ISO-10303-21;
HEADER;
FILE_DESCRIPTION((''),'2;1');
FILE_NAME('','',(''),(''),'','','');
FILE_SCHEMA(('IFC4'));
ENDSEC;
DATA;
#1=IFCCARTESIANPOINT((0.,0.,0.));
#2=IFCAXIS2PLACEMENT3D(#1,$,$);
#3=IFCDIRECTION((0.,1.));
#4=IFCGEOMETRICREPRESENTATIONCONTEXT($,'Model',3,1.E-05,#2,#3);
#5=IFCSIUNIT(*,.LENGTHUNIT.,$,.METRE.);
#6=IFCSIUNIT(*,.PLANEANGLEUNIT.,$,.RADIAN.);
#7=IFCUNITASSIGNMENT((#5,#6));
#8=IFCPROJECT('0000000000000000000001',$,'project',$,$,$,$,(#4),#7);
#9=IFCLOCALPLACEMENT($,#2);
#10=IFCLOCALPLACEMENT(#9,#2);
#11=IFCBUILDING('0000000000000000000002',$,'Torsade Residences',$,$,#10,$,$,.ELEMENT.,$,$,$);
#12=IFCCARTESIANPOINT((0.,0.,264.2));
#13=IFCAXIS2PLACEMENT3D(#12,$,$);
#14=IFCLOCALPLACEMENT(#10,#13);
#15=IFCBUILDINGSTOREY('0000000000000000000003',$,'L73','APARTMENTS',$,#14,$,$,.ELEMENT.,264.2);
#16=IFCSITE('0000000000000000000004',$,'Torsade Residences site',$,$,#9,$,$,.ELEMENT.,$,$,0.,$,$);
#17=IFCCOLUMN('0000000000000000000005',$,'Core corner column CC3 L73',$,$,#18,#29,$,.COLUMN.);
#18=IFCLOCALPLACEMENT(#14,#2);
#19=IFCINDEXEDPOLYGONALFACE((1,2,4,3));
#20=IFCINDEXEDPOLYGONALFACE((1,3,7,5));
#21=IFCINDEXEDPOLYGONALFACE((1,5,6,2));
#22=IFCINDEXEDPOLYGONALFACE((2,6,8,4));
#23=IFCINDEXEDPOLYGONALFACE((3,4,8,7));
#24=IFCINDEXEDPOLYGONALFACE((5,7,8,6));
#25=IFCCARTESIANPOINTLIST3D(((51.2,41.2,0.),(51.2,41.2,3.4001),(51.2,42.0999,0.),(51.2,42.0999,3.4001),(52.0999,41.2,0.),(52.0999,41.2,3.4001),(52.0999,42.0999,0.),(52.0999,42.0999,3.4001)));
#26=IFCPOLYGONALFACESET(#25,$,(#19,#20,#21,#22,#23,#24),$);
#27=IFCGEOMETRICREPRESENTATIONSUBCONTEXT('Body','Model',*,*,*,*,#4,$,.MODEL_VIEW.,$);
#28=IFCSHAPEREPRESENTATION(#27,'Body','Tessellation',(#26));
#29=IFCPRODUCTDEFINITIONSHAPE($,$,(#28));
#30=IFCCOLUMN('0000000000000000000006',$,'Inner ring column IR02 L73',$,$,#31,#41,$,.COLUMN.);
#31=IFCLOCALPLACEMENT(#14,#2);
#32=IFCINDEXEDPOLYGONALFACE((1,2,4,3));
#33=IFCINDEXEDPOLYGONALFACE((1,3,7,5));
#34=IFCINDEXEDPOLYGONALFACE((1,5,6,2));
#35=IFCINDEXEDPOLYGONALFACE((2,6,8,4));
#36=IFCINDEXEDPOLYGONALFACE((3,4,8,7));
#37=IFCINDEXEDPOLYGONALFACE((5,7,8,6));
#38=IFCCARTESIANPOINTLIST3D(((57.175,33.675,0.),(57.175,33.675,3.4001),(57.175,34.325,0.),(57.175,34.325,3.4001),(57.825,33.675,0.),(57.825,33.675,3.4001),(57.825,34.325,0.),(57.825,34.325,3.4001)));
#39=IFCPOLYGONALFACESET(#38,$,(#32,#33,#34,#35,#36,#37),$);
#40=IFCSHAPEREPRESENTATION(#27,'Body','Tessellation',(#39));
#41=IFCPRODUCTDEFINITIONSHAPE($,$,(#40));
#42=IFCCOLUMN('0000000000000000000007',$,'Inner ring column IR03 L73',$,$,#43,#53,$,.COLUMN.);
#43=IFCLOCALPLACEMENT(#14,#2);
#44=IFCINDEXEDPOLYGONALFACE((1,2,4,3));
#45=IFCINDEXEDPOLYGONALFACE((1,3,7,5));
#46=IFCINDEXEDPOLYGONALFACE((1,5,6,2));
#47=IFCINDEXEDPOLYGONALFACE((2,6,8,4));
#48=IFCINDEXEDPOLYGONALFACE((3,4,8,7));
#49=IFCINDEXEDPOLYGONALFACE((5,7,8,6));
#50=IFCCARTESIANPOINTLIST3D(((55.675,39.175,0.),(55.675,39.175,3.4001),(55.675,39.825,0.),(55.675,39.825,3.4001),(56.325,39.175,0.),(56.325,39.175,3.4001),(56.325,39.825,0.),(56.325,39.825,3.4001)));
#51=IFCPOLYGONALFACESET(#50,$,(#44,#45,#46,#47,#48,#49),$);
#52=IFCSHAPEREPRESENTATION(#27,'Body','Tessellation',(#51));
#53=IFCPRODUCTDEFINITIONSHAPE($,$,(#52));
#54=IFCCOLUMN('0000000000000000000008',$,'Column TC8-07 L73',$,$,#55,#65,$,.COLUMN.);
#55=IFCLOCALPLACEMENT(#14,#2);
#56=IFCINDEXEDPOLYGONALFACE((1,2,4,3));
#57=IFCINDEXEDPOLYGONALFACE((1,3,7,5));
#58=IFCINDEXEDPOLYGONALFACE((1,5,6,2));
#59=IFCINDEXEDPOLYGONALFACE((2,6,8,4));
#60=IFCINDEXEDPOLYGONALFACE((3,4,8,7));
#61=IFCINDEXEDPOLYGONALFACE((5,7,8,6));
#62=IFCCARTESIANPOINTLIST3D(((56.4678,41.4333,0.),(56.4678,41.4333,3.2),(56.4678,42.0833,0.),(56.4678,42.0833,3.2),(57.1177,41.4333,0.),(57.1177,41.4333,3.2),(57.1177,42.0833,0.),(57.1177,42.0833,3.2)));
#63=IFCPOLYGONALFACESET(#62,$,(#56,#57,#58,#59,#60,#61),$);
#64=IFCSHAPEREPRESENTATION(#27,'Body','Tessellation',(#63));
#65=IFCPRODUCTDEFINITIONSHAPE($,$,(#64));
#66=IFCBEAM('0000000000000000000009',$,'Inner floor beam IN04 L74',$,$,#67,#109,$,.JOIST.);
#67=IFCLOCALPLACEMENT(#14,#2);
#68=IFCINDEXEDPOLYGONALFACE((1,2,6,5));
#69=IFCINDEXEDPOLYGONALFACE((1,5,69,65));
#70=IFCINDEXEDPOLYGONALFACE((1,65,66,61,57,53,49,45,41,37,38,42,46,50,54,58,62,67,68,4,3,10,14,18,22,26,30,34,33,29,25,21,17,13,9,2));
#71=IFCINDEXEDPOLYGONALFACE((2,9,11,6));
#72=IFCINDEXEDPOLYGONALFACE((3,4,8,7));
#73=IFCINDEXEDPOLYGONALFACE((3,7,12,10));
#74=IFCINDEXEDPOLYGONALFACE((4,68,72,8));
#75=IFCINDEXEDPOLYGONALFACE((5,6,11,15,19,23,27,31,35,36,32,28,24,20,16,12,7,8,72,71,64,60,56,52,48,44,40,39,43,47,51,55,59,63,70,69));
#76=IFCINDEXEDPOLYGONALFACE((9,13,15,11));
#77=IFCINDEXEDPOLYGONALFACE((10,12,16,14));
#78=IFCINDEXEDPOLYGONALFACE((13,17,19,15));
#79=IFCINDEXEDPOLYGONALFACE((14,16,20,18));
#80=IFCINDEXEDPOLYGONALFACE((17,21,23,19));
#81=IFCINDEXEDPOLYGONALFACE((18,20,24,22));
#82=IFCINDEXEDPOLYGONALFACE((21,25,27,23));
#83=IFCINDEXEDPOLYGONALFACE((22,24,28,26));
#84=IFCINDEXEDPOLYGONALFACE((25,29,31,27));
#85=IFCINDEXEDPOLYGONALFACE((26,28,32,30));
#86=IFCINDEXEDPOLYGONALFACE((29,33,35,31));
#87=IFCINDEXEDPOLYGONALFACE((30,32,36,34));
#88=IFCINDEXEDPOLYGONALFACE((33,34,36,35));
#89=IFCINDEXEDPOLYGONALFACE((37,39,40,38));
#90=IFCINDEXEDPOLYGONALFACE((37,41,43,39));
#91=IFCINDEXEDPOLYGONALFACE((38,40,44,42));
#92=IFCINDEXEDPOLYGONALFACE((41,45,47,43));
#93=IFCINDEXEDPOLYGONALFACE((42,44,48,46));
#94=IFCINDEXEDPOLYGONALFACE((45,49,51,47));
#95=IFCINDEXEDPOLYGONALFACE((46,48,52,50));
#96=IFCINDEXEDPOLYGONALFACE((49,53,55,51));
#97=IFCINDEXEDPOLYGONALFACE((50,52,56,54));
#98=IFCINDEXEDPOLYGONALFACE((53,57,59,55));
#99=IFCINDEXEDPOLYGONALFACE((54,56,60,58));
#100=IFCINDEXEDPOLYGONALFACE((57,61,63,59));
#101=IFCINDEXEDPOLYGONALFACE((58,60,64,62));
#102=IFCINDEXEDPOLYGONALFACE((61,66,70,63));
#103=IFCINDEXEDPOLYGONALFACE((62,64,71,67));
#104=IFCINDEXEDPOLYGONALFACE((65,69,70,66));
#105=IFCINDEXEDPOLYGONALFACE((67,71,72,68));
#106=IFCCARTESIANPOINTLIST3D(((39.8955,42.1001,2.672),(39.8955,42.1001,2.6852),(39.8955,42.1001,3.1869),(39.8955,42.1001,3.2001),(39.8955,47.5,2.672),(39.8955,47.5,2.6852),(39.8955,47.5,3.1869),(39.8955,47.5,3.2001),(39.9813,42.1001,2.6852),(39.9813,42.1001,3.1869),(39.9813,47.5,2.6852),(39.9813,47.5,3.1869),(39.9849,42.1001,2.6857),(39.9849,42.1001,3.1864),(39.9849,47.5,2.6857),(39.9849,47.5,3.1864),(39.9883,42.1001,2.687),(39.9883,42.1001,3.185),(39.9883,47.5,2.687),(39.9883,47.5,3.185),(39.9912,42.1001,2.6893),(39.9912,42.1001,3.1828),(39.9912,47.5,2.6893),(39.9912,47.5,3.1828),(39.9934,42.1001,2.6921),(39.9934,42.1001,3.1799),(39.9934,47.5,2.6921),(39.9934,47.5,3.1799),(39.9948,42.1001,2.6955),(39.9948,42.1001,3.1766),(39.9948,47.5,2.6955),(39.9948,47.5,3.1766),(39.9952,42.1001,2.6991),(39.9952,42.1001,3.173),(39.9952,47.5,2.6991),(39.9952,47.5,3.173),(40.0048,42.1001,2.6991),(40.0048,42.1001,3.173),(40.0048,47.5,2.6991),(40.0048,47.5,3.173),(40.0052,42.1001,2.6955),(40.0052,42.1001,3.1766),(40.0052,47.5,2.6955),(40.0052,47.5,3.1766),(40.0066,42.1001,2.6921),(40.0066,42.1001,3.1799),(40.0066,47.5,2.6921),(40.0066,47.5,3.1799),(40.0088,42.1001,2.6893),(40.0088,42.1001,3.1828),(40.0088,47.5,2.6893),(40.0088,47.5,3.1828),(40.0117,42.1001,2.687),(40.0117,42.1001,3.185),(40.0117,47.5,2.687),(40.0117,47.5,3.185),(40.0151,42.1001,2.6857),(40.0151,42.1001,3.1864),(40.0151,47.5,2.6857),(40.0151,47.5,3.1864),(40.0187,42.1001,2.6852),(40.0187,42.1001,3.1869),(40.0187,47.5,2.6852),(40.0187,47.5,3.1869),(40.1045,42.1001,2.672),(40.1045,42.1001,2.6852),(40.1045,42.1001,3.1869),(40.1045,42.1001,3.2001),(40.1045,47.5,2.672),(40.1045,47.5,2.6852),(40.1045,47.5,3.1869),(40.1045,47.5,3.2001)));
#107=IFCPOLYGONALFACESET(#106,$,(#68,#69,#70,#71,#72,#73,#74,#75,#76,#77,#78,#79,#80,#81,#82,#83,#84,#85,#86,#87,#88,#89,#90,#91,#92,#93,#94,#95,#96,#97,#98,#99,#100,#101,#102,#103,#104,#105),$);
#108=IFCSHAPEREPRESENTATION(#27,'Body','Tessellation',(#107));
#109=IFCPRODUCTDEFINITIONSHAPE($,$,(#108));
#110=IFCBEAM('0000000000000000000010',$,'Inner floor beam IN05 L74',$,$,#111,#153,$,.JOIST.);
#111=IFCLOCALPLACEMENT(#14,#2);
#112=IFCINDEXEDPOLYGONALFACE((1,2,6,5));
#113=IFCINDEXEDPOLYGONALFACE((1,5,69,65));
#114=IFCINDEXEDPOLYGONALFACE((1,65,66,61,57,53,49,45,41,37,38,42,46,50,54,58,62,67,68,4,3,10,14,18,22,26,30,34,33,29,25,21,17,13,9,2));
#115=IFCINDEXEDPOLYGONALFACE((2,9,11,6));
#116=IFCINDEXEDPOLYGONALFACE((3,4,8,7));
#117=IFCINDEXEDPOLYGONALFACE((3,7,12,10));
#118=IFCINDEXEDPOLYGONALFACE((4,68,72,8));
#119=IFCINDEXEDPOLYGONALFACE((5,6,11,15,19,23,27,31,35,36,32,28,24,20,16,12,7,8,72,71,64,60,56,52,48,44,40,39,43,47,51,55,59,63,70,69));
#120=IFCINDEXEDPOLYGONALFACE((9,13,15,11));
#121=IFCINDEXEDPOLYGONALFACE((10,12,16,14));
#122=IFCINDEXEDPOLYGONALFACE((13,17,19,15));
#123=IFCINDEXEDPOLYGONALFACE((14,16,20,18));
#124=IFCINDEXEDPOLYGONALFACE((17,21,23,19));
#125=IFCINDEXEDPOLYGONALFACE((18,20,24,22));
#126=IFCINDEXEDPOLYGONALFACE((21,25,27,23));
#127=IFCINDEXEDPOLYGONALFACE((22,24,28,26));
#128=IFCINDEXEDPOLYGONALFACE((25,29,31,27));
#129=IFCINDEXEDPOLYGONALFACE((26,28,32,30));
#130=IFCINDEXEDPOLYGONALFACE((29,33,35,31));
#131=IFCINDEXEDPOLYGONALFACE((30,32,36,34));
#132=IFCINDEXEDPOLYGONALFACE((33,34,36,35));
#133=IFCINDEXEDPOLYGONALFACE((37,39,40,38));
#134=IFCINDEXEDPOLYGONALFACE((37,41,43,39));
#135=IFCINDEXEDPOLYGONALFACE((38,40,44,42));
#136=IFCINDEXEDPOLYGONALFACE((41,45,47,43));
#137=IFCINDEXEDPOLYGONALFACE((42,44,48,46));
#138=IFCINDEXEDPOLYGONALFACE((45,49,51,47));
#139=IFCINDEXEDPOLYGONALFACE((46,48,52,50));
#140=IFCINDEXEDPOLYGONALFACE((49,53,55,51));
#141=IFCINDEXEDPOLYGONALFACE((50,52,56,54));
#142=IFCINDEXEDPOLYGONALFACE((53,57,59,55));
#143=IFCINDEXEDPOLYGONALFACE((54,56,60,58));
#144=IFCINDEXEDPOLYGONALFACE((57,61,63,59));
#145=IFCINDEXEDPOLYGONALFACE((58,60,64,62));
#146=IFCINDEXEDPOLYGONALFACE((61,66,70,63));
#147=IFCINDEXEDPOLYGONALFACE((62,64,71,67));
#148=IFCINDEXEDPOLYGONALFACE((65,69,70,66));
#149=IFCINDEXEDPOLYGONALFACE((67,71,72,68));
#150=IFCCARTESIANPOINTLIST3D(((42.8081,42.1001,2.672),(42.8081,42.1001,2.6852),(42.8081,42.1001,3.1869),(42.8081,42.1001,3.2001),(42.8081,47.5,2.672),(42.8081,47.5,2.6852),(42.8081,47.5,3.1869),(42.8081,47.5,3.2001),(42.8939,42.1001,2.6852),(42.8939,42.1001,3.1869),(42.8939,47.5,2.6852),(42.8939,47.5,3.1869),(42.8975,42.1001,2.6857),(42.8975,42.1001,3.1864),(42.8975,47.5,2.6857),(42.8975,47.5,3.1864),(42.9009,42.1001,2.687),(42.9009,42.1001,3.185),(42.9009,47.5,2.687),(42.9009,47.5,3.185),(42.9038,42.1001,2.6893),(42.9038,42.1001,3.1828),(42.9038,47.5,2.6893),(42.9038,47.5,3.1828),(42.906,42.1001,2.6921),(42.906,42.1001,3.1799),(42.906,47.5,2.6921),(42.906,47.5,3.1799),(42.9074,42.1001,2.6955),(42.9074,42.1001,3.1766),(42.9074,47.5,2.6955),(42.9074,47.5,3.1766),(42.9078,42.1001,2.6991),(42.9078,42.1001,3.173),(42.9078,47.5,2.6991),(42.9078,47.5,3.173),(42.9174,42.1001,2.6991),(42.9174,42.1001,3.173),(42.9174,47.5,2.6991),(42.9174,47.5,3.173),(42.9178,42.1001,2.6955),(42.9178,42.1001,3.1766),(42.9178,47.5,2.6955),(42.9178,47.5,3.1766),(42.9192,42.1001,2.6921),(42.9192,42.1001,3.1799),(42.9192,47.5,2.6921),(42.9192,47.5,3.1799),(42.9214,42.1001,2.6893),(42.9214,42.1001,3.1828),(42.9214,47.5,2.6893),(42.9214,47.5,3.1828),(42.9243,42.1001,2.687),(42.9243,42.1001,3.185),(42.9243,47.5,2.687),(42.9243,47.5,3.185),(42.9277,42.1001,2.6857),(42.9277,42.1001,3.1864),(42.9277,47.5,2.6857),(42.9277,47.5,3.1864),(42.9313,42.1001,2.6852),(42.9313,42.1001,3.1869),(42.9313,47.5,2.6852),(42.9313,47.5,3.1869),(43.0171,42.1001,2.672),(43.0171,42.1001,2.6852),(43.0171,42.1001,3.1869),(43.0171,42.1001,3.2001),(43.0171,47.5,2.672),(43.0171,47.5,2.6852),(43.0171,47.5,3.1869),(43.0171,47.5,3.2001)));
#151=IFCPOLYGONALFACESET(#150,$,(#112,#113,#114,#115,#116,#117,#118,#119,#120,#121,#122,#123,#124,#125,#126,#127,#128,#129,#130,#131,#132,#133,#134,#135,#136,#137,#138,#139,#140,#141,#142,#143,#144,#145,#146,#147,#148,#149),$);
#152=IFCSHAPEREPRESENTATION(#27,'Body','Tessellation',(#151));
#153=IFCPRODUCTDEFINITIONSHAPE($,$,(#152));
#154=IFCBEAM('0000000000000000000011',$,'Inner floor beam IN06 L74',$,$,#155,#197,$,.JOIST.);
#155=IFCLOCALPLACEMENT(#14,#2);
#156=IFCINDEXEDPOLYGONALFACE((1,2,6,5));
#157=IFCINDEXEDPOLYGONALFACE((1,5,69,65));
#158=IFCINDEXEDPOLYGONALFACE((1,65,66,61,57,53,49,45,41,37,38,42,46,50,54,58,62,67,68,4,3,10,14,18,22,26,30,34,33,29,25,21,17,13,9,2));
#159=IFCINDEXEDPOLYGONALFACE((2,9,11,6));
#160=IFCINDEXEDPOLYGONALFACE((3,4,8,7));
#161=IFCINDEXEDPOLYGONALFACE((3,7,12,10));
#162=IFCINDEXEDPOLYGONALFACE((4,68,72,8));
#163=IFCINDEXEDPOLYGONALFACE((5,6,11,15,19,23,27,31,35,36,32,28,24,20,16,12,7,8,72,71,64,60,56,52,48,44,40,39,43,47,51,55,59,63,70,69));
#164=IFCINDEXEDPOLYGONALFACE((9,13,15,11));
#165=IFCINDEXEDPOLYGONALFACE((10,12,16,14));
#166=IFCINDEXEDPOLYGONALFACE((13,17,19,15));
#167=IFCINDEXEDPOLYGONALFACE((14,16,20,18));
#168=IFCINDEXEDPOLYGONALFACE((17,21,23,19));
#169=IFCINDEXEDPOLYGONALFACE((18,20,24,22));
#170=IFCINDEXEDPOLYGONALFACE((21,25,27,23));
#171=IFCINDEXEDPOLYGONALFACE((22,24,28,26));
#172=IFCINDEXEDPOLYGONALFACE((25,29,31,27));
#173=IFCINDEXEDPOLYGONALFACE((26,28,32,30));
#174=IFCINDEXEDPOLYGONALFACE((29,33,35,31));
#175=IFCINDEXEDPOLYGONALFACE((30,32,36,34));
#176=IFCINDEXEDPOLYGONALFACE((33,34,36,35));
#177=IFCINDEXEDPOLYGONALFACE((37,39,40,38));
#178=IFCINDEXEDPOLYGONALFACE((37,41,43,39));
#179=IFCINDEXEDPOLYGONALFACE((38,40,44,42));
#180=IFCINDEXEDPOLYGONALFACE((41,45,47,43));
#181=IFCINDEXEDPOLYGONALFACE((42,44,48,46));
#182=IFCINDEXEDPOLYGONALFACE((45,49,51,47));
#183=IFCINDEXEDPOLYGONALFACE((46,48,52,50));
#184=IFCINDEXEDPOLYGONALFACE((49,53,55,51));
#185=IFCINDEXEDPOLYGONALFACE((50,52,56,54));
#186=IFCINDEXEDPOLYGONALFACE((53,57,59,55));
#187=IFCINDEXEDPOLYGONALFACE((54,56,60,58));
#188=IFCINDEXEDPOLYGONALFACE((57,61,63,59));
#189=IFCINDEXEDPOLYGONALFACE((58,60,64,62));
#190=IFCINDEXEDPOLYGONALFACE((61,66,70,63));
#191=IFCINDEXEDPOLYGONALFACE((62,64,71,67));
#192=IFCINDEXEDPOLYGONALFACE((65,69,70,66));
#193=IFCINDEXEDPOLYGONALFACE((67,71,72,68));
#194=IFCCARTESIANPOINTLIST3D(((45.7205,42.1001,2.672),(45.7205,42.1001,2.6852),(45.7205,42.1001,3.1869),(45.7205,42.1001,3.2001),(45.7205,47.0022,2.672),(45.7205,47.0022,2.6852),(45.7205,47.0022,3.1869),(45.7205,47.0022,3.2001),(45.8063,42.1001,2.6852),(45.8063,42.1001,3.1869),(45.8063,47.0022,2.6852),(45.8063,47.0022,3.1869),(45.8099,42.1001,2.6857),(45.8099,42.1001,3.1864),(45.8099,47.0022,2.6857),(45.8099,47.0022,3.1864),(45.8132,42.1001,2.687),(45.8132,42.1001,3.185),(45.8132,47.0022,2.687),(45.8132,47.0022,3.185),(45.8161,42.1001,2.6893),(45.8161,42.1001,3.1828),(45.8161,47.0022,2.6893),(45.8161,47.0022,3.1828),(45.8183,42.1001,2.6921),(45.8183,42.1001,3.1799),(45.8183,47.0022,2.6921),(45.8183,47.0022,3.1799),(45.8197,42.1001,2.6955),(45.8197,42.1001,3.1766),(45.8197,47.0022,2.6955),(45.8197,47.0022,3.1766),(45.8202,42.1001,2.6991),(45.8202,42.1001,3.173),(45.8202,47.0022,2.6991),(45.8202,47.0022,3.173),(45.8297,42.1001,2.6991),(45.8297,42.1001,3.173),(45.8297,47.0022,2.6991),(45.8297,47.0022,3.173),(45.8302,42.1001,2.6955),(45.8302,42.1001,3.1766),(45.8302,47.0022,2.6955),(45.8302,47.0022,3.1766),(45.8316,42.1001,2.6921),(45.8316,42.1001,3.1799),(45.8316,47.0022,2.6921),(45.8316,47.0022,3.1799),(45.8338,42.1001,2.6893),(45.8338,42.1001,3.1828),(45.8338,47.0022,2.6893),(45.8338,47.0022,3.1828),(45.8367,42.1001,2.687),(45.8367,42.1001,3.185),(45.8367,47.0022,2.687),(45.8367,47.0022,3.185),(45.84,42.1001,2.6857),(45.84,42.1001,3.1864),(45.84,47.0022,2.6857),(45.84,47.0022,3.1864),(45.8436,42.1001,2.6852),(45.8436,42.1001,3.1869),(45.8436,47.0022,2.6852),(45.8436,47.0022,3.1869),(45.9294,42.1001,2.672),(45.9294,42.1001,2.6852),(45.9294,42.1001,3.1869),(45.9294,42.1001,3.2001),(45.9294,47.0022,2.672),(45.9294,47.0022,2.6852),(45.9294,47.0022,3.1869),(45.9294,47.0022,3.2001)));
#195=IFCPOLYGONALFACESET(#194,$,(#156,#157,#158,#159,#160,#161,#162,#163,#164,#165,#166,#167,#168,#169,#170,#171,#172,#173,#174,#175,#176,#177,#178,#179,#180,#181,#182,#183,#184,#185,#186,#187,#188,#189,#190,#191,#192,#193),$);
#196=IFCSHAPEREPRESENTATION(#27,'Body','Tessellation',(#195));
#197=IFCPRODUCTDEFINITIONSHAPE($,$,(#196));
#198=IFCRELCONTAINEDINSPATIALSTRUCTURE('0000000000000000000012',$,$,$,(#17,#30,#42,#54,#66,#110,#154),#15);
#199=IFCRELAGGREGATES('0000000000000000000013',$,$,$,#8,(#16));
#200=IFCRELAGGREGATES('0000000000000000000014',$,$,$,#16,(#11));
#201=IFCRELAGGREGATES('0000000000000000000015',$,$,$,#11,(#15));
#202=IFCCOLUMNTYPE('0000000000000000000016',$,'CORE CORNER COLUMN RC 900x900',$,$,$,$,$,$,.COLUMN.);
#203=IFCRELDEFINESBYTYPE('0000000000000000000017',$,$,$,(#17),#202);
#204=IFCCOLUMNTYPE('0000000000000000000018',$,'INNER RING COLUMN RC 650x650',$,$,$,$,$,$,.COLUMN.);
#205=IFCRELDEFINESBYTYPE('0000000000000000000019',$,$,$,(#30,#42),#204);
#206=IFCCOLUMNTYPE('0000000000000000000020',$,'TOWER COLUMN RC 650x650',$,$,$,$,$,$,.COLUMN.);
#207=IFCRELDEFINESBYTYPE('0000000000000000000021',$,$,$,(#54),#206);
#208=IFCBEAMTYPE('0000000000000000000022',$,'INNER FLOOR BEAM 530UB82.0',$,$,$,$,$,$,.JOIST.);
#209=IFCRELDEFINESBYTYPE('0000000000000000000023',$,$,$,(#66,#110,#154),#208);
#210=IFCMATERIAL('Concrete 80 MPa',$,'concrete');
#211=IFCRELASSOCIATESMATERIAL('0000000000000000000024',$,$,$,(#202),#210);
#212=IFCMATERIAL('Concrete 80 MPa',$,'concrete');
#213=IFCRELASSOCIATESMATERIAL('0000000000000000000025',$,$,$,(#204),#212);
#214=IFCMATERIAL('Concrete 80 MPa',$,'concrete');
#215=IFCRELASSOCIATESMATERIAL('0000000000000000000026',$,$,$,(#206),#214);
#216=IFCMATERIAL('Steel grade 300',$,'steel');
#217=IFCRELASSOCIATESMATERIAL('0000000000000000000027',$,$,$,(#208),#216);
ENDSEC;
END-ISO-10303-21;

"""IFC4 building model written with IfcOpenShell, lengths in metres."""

from ifc_helpers import new_model, si_unit, direction, frame, origin, origin_2d, place, context, subcontext, project, spatial, rectangle, i_section, extrude, material, material_profile, profile_set, type_object, element, save


model = new_model("IFC4")

# Units and contexts
model_context = context("Model", 3, precision=1e-05, world=origin(), true_north=direction((0.0, 1.0)))
body_context = subcontext(model_context, "Body", "Model", "MODEL_VIEW")
ifc_project = project(units=[si_unit("LENGTHUNIT", "METRE"), si_unit("PLANEANGLEUNIT", "RADIAN")], contexts=[model_context])

# Site, building, storey
site_placement = place(None, origin())
site = spatial("IfcSite", under=ifc_project, at=site_placement, Name="Torsade Residences site", CompositionType="ELEMENT", RefElevation=0.0)
building_placement = place(site_placement, origin())
building = spatial("IfcBuilding", under=site, at=building_placement, Name="Torsade Residences", CompositionType="ELEMENT")
storey_placement = place(building_placement, frame((0.0, 0.0, 264.2)))
storey = spatial("IfcBuildingStorey", under=building, at=storey_placement, Name="L73", Description="APARTMENTS", CompositionType="ELEMENT", Elevation=264.2)

# Columns
ifc_material_1 = material(Name="Concrete 80 MPa", Category="concrete")
ifc_material_profile_1 = material_profile(ifc_material_1, rectangle(XDim=0.8999, YDim=0.8999, at=origin_2d()), Name="RC 900x900")
ifc_profile_set_1 = profile_set([ifc_material_profile_1], Name="Concrete 80 MPa")
column_type_1 = type_object("IfcColumnType", Name="CORE CORNER COLUMN RC 900x900", PredefinedType="COLUMN", material=ifc_profile_set_1)
column_1_placement = place(storey_placement, frame((51.6499, 41.6499, 0.0), z_axis=(0.0, 0.0, 1.0), x_axis=(1.0, 0.0, 0.0)))
element("IfcColumn", 1, at=column_1_placement, inside=storey, type_object=column_type_1, Name="Core corner column CC3 L73", PredefinedType="COLUMN", context=body_context, shape_type="SweptSolid", body=[
    extrude(rectangle(XDim=0.8999, YDim=0.8999, at=origin_2d()), origin(), (0.0, 0.0, 1.0), 3.4001),
])
ifc_material_2 = material(Name="Concrete 80 MPa", Category="concrete")
ifc_material_profile_2 = material_profile(ifc_material_2, rectangle(XDim=0.6499, YDim=0.6499, at=origin_2d()), Name="RC 650x650")
ifc_profile_set_2 = profile_set([ifc_material_profile_2], Name="Concrete 80 MPa")
column_type_2 = type_object("IfcColumnType", Name="INNER RING COLUMN RC 650x650", PredefinedType="COLUMN", material=ifc_profile_set_2)
for number, where, z_axis, x_axis, name in (
    (2, (57.5, 34.0, 0.0), (0.0, 0.0, 1.0), (1.0, 0.0, 0.0), "Inner ring column IR02 L73"),
    (3, (56.0, 39.5, 0.0), (0.0, 0.0, 1.0), (1.0, 0.0, 0.0), "Inner ring column IR03 L73"),
):
    element("IfcColumn", number, at=place(storey_placement, frame(where, z_axis=z_axis, x_axis=x_axis)), inside=storey, type_object=column_type_2, Name=name, PredefinedType="COLUMN", context=body_context, shape_type="SweptSolid", body=[
        extrude(rectangle(XDim=0.6499, YDim=0.6499, at=origin_2d()), origin(), (0.0, 0.0, 1.0), 3.4001),
    ])
ifc_material_3 = material(Name="Concrete 80 MPa", Category="concrete")
ifc_material_profile_3 = material_profile(ifc_material_3, rectangle(XDim=0.6499, YDim=0.6499, at=origin_2d()), Name="RC 650x650")
ifc_profile_set_3 = profile_set([ifc_material_profile_3], Name="Concrete 80 MPa")
column_type_3 = type_object("IfcColumnType", Name="TOWER COLUMN RC 650x650", PredefinedType="COLUMN", material=ifc_profile_set_3)
column_2_placement = place(storey_placement, frame((56.7927, 41.7583, 0.0), z_axis=(0.0, 0.0, 1.0), x_axis=(1.0, 0.0, 0.0)))
element("IfcColumn", 4, at=column_2_placement, inside=storey, type_object=column_type_3, Name="Column TC8-07 L73", PredefinedType="COLUMN", context=body_context, shape_type="SweptSolid", body=[
    extrude(rectangle(XDim=0.6499, YDim=0.6499, at=origin_2d()), origin(), (0.0, 0.0, 1.0), 3.2),
])

# Beams
ifc_material_4 = material(Name="Steel grade 300", Category="steel")
ifc_material_profile_4 = material_profile(ifc_material_4, i_section(OverallWidth=0.209, OverallDepth=0.5281, WebThickness=0.0095, FlangeThickness=0.0132, FilletRadius=0.0139, at=origin_2d()), Name="530UB82.0")
ifc_profile_set_4 = profile_set([ifc_material_profile_4], Name="Steel grade 300")
beam_type_1 = type_object("IfcBeamType", Name="INNER FLOOR BEAM 530UB82.0", PredefinedType="JOIST", material=ifc_profile_set_4)
for number, where, z_axis, x_axis, name in (
    (5, (40.0, 42.1001, 2.936), (0.0, 1.0, 0.0), (-1.0, 0.0, 0.0), "Inner floor beam IN04 L74"),
    (6, (42.9126, 42.1001, 2.936), (0.0, 1.0, 0.0), (-1.0, 0.0, 0.0), "Inner floor beam IN05 L74"),
):
    element("IfcBeam", number, at=place(storey_placement, frame(where, z_axis=z_axis, x_axis=x_axis)), inside=storey, type_object=beam_type_1, Name=name, PredefinedType="JOIST", context=body_context, shape_type="SweptSolid", body=[
        extrude(i_section(OverallWidth=0.209, OverallDepth=0.5281, WebThickness=0.0095, FlangeThickness=0.0132, FilletRadius=0.0139, at=origin_2d()), origin(), (0.0, 0.0, 1.0), 5.3999),
    ])
beam_1_placement = place(storey_placement, frame((45.825, 42.1001, 2.936), z_axis=(0.0, 1.0, 0.0), x_axis=(-1.0, 0.0, 0.0)))
element("IfcBeam", 7, at=beam_1_placement, inside=storey, type_object=beam_type_1, Name="Inner floor beam IN06 L74", PredefinedType="JOIST", context=body_context, shape_type="SweptSolid", body=[
    extrude(i_section(OverallWidth=0.209, OverallDepth=0.5281, WebThickness=0.0095, FlangeThickness=0.0132, FilletRadius=0.0139, at=origin_2d()), origin(), (0.0, 0.0, 1.0), 4.9021),
])

save(model, "model.ifc")
